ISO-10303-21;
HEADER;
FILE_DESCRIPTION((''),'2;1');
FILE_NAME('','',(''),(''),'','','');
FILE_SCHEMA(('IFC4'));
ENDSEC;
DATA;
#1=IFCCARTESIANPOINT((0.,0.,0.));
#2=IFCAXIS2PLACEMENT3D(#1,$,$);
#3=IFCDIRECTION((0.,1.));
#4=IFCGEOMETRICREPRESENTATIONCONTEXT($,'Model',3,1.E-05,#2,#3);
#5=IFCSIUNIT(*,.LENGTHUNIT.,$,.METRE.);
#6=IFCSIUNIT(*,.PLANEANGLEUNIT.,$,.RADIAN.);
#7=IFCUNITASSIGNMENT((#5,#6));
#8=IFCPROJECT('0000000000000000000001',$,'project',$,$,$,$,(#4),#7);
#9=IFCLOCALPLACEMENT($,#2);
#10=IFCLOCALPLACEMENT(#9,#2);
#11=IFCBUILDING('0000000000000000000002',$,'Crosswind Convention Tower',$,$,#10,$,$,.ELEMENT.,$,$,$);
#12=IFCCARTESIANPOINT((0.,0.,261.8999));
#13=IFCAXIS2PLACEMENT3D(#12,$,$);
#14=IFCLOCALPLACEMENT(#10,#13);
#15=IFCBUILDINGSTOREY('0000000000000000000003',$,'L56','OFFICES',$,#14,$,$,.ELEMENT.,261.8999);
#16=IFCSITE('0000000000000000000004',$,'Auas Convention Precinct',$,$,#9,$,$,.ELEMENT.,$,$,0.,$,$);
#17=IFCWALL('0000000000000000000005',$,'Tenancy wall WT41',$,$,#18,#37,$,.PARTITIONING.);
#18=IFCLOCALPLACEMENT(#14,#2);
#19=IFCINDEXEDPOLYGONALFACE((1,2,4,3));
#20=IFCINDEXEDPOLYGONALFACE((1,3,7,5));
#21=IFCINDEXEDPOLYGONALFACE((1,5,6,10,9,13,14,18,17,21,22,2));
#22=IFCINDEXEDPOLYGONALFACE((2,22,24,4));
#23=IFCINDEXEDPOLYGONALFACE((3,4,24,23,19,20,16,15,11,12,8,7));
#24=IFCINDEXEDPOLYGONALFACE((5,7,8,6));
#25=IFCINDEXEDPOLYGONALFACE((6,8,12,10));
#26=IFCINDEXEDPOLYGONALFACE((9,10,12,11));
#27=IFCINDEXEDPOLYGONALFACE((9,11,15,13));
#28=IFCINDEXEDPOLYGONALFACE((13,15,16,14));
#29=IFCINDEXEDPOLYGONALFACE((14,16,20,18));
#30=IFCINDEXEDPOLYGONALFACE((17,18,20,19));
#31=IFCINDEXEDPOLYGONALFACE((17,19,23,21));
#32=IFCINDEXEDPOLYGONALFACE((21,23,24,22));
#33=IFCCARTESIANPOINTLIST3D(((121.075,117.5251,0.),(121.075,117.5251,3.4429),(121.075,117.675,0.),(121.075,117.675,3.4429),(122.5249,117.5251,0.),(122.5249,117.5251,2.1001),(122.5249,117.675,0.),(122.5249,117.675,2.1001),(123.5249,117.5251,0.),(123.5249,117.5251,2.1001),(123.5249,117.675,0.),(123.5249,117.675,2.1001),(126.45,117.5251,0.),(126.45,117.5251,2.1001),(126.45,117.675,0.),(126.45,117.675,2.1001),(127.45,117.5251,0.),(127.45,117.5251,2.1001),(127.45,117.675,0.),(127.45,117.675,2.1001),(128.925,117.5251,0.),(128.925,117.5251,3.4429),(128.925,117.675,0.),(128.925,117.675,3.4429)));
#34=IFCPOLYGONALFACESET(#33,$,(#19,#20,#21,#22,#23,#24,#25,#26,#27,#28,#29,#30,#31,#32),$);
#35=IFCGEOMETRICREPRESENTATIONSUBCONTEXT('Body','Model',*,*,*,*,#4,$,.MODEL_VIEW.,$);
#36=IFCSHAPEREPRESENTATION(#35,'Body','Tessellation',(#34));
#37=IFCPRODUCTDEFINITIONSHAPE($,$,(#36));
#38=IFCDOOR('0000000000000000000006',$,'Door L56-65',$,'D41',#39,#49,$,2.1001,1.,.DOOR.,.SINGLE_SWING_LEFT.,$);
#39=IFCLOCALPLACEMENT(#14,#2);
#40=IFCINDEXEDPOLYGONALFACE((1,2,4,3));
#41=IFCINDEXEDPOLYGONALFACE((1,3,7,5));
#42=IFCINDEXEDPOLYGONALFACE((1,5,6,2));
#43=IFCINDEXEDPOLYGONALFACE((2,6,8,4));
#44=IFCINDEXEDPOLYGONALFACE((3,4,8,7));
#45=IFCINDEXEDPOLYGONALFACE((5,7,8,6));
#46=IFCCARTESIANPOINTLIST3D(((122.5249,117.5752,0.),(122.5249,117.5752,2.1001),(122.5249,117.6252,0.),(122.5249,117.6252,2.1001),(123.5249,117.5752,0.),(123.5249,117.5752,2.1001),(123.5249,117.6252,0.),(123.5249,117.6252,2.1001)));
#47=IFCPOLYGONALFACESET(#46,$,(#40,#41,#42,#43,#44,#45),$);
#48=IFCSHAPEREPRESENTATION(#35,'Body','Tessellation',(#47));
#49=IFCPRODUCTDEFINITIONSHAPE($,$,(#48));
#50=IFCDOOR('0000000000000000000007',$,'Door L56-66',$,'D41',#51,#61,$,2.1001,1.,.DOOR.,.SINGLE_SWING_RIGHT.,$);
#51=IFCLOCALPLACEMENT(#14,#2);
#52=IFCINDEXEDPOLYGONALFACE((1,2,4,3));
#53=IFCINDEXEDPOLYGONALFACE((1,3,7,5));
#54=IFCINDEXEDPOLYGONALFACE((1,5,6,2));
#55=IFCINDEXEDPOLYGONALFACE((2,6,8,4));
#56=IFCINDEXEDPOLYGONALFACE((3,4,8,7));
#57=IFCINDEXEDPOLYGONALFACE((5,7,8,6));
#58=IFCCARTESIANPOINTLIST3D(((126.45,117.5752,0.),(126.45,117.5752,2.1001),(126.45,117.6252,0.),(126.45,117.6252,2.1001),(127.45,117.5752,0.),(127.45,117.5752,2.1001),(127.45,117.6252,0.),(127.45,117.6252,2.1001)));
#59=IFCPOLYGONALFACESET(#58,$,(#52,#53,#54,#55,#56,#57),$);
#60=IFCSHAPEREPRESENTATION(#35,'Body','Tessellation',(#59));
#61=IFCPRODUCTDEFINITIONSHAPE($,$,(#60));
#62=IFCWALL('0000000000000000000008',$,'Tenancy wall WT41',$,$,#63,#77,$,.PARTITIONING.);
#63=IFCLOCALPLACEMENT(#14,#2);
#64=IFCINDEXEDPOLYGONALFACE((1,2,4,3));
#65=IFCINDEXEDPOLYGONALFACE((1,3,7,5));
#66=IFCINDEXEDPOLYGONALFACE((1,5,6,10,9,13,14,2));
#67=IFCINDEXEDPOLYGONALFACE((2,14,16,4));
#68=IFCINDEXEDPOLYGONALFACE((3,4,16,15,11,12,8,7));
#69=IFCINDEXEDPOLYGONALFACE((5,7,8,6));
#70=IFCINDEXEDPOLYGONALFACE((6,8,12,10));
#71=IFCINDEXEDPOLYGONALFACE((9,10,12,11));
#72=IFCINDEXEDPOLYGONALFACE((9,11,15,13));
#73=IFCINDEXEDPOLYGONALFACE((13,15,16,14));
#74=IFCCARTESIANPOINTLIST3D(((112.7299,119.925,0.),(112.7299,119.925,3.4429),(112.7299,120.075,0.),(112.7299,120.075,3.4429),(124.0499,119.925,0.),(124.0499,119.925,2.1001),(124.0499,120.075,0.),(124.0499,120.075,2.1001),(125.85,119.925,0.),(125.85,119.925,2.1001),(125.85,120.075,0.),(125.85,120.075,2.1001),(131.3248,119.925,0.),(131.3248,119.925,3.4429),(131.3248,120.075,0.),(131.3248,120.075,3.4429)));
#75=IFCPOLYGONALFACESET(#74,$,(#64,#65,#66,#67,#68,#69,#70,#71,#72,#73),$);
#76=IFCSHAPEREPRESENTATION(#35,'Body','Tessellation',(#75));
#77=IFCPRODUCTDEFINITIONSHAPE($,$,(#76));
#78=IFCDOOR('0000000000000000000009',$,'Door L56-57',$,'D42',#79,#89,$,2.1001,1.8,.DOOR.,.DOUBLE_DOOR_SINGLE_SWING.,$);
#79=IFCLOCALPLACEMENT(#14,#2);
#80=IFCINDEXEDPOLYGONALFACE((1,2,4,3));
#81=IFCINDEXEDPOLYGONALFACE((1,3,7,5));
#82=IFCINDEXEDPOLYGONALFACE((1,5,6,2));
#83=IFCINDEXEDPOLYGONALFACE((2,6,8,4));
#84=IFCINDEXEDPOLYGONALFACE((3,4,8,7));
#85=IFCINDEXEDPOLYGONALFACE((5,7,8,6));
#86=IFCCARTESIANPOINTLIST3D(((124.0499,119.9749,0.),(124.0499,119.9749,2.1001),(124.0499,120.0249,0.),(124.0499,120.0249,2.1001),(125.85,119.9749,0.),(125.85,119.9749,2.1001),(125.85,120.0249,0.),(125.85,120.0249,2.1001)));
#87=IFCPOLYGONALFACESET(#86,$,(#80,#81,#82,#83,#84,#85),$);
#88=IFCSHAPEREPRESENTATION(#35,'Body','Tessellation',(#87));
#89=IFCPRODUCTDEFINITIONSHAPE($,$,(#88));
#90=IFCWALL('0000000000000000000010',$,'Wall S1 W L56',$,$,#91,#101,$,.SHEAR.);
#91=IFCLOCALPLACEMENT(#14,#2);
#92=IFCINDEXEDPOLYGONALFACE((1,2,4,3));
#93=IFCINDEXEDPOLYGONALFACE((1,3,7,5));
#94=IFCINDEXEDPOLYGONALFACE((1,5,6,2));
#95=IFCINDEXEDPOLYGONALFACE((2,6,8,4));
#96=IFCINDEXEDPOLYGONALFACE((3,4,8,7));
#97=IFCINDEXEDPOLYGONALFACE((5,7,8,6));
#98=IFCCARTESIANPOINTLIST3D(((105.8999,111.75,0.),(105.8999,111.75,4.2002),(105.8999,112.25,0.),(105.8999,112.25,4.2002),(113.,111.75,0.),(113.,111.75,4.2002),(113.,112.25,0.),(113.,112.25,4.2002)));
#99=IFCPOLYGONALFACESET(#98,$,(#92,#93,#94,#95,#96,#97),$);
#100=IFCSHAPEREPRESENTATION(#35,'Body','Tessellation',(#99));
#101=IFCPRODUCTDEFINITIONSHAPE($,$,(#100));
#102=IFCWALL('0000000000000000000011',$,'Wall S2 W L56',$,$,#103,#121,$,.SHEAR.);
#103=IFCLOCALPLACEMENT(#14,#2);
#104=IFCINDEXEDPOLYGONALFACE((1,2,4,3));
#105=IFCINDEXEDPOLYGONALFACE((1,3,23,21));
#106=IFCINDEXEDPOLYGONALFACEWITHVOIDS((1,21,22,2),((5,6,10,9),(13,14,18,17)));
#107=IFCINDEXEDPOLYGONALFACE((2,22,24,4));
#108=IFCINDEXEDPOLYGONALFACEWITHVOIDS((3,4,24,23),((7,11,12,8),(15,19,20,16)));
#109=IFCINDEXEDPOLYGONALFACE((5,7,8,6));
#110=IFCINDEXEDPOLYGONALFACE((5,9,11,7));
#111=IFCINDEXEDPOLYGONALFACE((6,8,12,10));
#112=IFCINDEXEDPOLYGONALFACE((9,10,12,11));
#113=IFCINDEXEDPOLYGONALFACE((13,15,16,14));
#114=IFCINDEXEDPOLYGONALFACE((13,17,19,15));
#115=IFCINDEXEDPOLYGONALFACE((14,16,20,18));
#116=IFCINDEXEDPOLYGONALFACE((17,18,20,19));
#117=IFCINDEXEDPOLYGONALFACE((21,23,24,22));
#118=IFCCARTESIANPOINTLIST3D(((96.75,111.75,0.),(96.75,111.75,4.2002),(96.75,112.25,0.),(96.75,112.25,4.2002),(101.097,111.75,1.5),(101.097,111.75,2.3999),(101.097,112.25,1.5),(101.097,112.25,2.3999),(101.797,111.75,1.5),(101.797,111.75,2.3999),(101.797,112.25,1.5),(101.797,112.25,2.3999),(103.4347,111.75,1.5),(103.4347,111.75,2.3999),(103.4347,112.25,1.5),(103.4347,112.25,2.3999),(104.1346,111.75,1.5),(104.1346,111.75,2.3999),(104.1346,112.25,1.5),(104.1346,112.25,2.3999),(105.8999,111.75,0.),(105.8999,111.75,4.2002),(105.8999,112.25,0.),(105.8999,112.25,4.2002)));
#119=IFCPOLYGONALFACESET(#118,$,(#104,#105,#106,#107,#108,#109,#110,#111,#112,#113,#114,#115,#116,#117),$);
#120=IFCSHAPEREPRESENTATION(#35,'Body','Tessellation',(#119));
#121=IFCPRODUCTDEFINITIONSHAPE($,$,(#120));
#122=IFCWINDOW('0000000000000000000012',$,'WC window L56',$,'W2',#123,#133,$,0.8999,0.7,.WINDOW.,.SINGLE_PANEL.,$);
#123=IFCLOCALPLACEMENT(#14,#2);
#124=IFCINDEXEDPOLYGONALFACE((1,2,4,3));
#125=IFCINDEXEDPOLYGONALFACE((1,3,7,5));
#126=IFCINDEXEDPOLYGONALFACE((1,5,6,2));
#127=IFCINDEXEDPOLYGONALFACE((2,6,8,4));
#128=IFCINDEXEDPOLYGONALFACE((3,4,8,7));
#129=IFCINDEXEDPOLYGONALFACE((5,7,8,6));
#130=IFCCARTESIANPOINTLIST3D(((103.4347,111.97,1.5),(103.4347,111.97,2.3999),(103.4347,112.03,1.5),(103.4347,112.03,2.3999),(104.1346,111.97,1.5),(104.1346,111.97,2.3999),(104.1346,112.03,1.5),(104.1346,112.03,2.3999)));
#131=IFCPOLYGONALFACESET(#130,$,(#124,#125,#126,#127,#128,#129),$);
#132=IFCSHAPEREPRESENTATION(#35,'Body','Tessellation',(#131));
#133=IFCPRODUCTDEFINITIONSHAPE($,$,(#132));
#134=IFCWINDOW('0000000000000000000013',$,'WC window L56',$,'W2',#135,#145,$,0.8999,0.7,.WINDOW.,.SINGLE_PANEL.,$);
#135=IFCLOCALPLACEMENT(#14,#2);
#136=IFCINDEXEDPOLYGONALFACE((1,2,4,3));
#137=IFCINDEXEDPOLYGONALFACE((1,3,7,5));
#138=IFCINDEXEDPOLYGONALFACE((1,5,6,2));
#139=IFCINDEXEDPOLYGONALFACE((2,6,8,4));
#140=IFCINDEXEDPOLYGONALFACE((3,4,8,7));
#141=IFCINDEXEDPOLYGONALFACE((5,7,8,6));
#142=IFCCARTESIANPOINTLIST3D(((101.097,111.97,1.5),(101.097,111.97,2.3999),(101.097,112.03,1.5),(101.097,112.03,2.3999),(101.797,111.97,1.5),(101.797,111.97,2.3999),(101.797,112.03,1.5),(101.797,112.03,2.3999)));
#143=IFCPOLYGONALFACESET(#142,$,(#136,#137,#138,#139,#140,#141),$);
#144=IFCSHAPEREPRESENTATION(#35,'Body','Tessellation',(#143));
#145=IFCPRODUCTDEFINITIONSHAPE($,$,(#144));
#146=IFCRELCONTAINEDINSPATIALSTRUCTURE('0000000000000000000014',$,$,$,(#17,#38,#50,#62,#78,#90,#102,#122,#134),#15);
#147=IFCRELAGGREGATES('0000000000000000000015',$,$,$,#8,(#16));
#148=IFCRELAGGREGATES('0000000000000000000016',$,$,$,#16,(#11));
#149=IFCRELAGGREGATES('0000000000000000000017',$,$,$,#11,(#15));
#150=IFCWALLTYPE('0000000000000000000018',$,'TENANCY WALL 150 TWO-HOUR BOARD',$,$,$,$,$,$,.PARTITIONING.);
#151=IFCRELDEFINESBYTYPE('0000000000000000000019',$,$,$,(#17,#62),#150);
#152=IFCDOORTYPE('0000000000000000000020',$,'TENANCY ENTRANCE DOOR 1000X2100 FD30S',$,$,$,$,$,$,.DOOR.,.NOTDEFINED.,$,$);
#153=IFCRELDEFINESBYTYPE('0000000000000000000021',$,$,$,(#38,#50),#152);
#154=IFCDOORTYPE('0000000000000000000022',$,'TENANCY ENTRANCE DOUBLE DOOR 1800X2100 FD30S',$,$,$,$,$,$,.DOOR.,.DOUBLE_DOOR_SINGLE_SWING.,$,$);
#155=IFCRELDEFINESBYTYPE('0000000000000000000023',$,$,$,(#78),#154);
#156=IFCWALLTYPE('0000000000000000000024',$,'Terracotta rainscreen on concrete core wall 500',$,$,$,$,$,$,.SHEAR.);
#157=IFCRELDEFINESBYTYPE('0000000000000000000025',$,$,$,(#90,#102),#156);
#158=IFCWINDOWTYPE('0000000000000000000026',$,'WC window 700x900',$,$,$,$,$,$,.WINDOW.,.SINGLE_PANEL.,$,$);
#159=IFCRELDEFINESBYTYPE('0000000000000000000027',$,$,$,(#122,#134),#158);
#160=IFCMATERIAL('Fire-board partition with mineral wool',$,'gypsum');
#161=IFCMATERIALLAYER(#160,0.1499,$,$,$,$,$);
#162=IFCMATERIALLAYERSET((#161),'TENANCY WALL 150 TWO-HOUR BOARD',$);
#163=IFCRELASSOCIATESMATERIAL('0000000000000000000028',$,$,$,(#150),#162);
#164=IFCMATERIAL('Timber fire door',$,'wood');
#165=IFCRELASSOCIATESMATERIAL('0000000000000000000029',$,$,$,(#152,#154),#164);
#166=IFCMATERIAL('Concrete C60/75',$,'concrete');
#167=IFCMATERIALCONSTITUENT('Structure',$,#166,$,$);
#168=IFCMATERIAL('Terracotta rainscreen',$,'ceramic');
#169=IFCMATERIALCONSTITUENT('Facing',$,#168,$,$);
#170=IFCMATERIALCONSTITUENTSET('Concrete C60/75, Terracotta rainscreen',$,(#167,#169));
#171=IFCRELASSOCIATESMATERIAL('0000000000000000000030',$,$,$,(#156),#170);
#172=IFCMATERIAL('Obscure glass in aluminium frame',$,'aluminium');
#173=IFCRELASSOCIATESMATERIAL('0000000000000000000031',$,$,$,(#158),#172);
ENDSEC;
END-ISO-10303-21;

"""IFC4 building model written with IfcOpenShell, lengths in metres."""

from ifc_helpers import new_model, si_unit, direction, frame, frame_2d, origin, place, context, subcontext, project, spatial, rectangle, extrude, material, layer, layer_set, constituent, constituent_set, type_object, element, fill, save


model = new_model("IFC4")

# Units and contexts
model_context = context("Model", 3, precision=1e-05, world=origin(), true_north=direction((0.0, 1.0)))
body_context = subcontext(model_context, "Body", "Model", "MODEL_VIEW")
ifc_project = project(units=[si_unit("LENGTHUNIT", "METRE"), si_unit("PLANEANGLEUNIT", "RADIAN")], contexts=[model_context])

# Site, building, storey
site_placement = place(None, origin())
site = spatial("IfcSite", under=ifc_project, at=site_placement, Name="Auas Convention Precinct", CompositionType="ELEMENT", RefElevation=0.0)
building_placement = place(site_placement, origin())
building = spatial("IfcBuilding", under=site, at=building_placement, Name="Crosswind Convention Tower", CompositionType="ELEMENT")
storey_placement = place(building_placement, frame((0.0, 0.0, 261.8999)))
storey = spatial("IfcBuildingStorey", under=building, at=storey_placement, Name="L56", Description="OFFICES", CompositionType="ELEMENT", Elevation=261.8999)

# Shared definitions
ifc_material_1 = material(Name="Concrete C60/75", Category="concrete")

# Wall, openings, doors
ifc_material_2 = material(Name="Fire-board partition with mineral wool", Category="gypsum")
ifc_layer_1 = layer(ifc_material_2, 0.1499)
ifc_layer_set_1 = layer_set([ifc_layer_1], Name="TENANCY WALL 150 TWO-HOUR BOARD")
wall_type_1 = type_object("IfcWallType", Name="TENANCY WALL 150 TWO-HOUR BOARD", PredefinedType="PARTITIONING", material=ifc_layer_set_1)
wall_1_placement = place(storey_placement, frame((121.075, 117.6001, 0.0), z_axis=(0.0, 0.0, 1.0), x_axis=(1.0, 0.0, 0.0)))
wall_1 = element("IfcWall", 1, at=wall_1_placement, inside=storey, type_object=wall_type_1, Name="Tenancy wall WT41", PredefinedType="PARTITIONING", context=body_context, shape_type="SweptSolid", body=[
    extrude(rectangle(XDim=7.8501, YDim=0.1499, at=frame_2d((3.925, 0.0))), origin(), (0.0, 0.0, 1.0), 3.4429),
])
opening_1_placement = place(wall_1_placement, frame((1.45, 0.0, 0.0)))
opening_1 = element("IfcOpeningElement", 2, at=opening_1_placement, cuts=wall_1, PredefinedType="OPENING", context=body_context, shape_type="SweptSolid", body=[
    extrude(rectangle(XDim=1.0, YDim=2.1001, at=frame_2d((0.5, 1.05))), frame((0.0, 0.085, 0.0), z_axis=(0.0, -1.0, 0.0), x_axis=(1.0, 0.0, 0.0)), (0.0, 0.0, 1.0), 0.1699),
])
opening_2_placement = place(wall_1_placement, frame((5.375, 0.0, 0.0)))
opening_2 = element("IfcOpeningElement", 3, at=opening_2_placement, cuts=wall_1, PredefinedType="OPENING", context=body_context, shape_type="SweptSolid", body=[
    extrude(rectangle(XDim=1.0, YDim=2.1001, at=frame_2d((0.5, 1.05))), frame((0.0, 0.085, 0.0), z_axis=(0.0, -1.0, 0.0), x_axis=(1.0, 0.0, 0.0)), (0.0, 0.0, 1.0), 0.1699),
])
ifc_material_3 = material(Name="Timber fire door", Category="wood")
door_type_1 = type_object("IfcDoorType", Name="TENANCY ENTRANCE DOOR 1000X2100 FD30S", OperationType="NOTDEFINED", PredefinedType="DOOR", material=ifc_material_3)
door_1_placement = place(opening_1_placement, frame((1.0, 0.0, 0.0), z_axis=(0.0, 0.0, 1.0), x_axis=(-1.0, 0.0, 0.0)))
door_1 = element("IfcDoor", 4, at=door_1_placement, inside=storey, type_object=door_type_1, Name="Door L56-65", ObjectType="D41", OperationType="SINGLE_SWING_LEFT", OverallHeight=2.1001, OverallWidth=1.0, PredefinedType="DOOR", context=body_context, shape_type="SweptSolid", body=[
    extrude(rectangle(XDim=1.0, YDim=2.1001, at=frame_2d((0.5, 1.05))), frame((0.0, 0.0249, 0.0), z_axis=(0.0, -1.0, 0.0), x_axis=(1.0, 0.0, 0.0)), (0.0, 0.0, 1.0), 0.05),
])
fill(opening_1, door_1)
door_2_placement = place(opening_2_placement, frame((1.0, 0.0, 0.0), z_axis=(0.0, 0.0, 1.0), x_axis=(-1.0, 0.0, 0.0)))
door_2 = element("IfcDoor", 5, at=door_2_placement, inside=storey, type_object=door_type_1, Name="Door L56-66", ObjectType="D41", OperationType="SINGLE_SWING_RIGHT", OverallHeight=2.1001, OverallWidth=1.0, PredefinedType="DOOR", context=body_context, shape_type="SweptSolid", body=[
    extrude(rectangle(XDim=1.0, YDim=2.1001, at=frame_2d((0.5, 1.05))), frame((0.0, 0.0249, 0.0), z_axis=(0.0, -1.0, 0.0), x_axis=(1.0, 0.0, 0.0)), (0.0, 0.0, 1.0), 0.05),
])
fill(opening_2, door_2)

# Wall, opening, door
wall_2_placement = place(storey_placement, frame((112.73, 120.0, 0.0), z_axis=(0.0, 0.0, 1.0), x_axis=(1.0, 0.0, 0.0)))
wall_2 = element("IfcWall", 6, at=wall_2_placement, inside=storey, type_object=wall_type_1, Name="Tenancy wall WT41", PredefinedType="PARTITIONING", context=body_context, shape_type="SweptSolid", body=[
    extrude(rectangle(XDim=18.595, YDim=0.1499, at=frame_2d((9.2974, 0.0))), origin(), (0.0, 0.0, 1.0), 3.4429),
])
opening_3_placement = place(wall_2_placement, frame((11.3201, 0.0, 0.0)))
opening_3 = element("IfcOpeningElement", 7, at=opening_3_placement, cuts=wall_2, PredefinedType="OPENING", context=body_context, shape_type="SweptSolid", body=[
    extrude(rectangle(XDim=1.8, YDim=2.1001, at=frame_2d((0.8999, 1.05))), frame((0.0, 0.085, 0.0), z_axis=(0.0, -1.0, 0.0), x_axis=(1.0, 0.0, 0.0)), (0.0, 0.0, 1.0), 0.1699),
])
door_type_2 = type_object("IfcDoorType", Name="TENANCY ENTRANCE DOUBLE DOOR 1800X2100 FD30S", OperationType="DOUBLE_DOOR_SINGLE_SWING", PredefinedType="DOOR", material=ifc_material_3)
door_3_placement = place(opening_3_placement, origin())
door_3 = element("IfcDoor", 8, at=door_3_placement, inside=storey, type_object=door_type_2, Name="Door L56-57", ObjectType="D42", OperationType="DOUBLE_DOOR_SINGLE_SWING", OverallHeight=2.1001, OverallWidth=1.8, PredefinedType="DOOR", context=body_context, shape_type="SweptSolid", body=[
    extrude(rectangle(XDim=1.8, YDim=2.1001, at=frame_2d((0.8999, 1.05))), frame((0.0, 0.0249, 0.0), z_axis=(0.0, -1.0, 0.0), x_axis=(1.0, 0.0, 0.0)), (0.0, 0.0, 1.0), 0.05),
])
fill(opening_3, door_3)

# Wall
ifc_constituent_1 = constituent(ifc_material_1, Name="Structure")
ifc_material_4 = material(Name="Terracotta rainscreen", Category="ceramic")
ifc_constituent_2 = constituent(ifc_material_4, Name="Facing")
ifc_constituent_set = constituent_set(constituents=[ifc_constituent_1, ifc_constituent_2], Name="Concrete C60/75, Terracotta rainscreen")
wall_type_2 = type_object("IfcWallType", Name="Terracotta rainscreen on concrete core wall 500", PredefinedType="SHEAR", material=ifc_constituent_set)
wall_3_placement = place(storey_placement, frame((113.0, 112.0, 0.0), z_axis=(0.0, 0.0, 1.0), x_axis=(-1.0, 0.0, 0.0)))
element("IfcWall", 9, at=wall_3_placement, inside=storey, type_object=wall_type_2, Name="Wall S1 W L56", PredefinedType="SHEAR", context=body_context, shape_type="SweptSolid", body=[
    extrude(rectangle(XDim=7.1001, YDim=0.5, at=frame_2d((3.55, 0.0))), origin(), (0.0, 0.0, 1.0), 4.2002),
])

# Wall, openings, windows
wall_4_placement = place(storey_placement, frame((105.8999, 112.0, 0.0), z_axis=(0.0, 0.0, 1.0), x_axis=(-1.0, 0.0, 0.0)))
wall_4 = element("IfcWall", 10, at=wall_4_placement, inside=storey, type_object=wall_type_2, Name="Wall S2 W L56", PredefinedType="SHEAR", context=body_context, shape_type="SweptSolid", body=[
    extrude(rectangle(XDim=9.1499, YDim=0.5, at=frame_2d((4.575, 0.0))), origin(), (0.0, 0.0, 1.0), 4.2002),
])
opening_4_placement = place(wall_4_placement, frame((1.7651, 0.0, 1.5)))
opening_4 = element("IfcOpeningElement", 11, at=opening_4_placement, cuts=wall_4, PredefinedType="OPENING", context=body_context, shape_type="SweptSolid", body=[
    extrude(rectangle(XDim=0.7, YDim=0.8999, at=frame_2d((0.3501, 0.45))), frame((0.0, 0.26, 0.0), z_axis=(0.0, -1.0, 0.0), x_axis=(1.0, 0.0, 0.0)), (0.0, 0.0, 1.0), 0.52),
])
opening_5_placement = place(wall_4_placement, frame((4.1028, 0.0, 1.5)))
opening_5 = element("IfcOpeningElement", 12, at=opening_5_placement, cuts=wall_4, PredefinedType="OPENING", context=body_context, shape_type="SweptSolid", body=[
    extrude(rectangle(XDim=0.7, YDim=0.8999, at=frame_2d((0.3501, 0.45))), frame((0.0, 0.26, 0.0), z_axis=(0.0, -1.0, 0.0), x_axis=(1.0, 0.0, 0.0)), (0.0, 0.0, 1.0), 0.52),
])
ifc_material_5 = material(Name="Obscure glass in aluminium frame", Category="aluminium")
window_type = type_object("IfcWindowType", Name="WC window 700x900", PartitioningType="SINGLE_PANEL", PredefinedType="WINDOW", material=ifc_material_5)
window_1_placement = place(opening_4_placement, origin())
window_1 = element("IfcWindow", 13, at=window_1_placement, inside=storey, type_object=window_type, Name="WC window L56", ObjectType="W2", OverallHeight=0.8999, OverallWidth=0.7, PartitioningType="SINGLE_PANEL", PredefinedType="WINDOW", context=body_context, shape_type="SweptSolid", body=[
    extrude(rectangle(XDim=0.7, YDim=0.8999, at=frame_2d((0.3501, 0.45))), frame((0.0, 0.03, 0.0), z_axis=(0.0, -1.0, 0.0), x_axis=(1.0, 0.0, 0.0)), (0.0, 0.0, 1.0), 0.0601),
])
fill(opening_4, window_1)
window_2_placement = place(opening_5_placement, origin())
window_2 = element("IfcWindow", 14, at=window_2_placement, inside=storey, type_object=window_type, Name="WC window L56", ObjectType="W2", OverallHeight=0.8999, OverallWidth=0.7, PartitioningType="SINGLE_PANEL", PredefinedType="WINDOW", context=body_context, shape_type="SweptSolid", body=[
    extrude(rectangle(XDim=0.7, YDim=0.8999, at=frame_2d((0.3501, 0.45))), frame((0.0, 0.03, 0.0), z_axis=(0.0, -1.0, 0.0), x_axis=(1.0, 0.0, 0.0)), (0.0, 0.0, 1.0), 0.0601),
])
fill(opening_5, window_2)

save(model, "model.ifc")
